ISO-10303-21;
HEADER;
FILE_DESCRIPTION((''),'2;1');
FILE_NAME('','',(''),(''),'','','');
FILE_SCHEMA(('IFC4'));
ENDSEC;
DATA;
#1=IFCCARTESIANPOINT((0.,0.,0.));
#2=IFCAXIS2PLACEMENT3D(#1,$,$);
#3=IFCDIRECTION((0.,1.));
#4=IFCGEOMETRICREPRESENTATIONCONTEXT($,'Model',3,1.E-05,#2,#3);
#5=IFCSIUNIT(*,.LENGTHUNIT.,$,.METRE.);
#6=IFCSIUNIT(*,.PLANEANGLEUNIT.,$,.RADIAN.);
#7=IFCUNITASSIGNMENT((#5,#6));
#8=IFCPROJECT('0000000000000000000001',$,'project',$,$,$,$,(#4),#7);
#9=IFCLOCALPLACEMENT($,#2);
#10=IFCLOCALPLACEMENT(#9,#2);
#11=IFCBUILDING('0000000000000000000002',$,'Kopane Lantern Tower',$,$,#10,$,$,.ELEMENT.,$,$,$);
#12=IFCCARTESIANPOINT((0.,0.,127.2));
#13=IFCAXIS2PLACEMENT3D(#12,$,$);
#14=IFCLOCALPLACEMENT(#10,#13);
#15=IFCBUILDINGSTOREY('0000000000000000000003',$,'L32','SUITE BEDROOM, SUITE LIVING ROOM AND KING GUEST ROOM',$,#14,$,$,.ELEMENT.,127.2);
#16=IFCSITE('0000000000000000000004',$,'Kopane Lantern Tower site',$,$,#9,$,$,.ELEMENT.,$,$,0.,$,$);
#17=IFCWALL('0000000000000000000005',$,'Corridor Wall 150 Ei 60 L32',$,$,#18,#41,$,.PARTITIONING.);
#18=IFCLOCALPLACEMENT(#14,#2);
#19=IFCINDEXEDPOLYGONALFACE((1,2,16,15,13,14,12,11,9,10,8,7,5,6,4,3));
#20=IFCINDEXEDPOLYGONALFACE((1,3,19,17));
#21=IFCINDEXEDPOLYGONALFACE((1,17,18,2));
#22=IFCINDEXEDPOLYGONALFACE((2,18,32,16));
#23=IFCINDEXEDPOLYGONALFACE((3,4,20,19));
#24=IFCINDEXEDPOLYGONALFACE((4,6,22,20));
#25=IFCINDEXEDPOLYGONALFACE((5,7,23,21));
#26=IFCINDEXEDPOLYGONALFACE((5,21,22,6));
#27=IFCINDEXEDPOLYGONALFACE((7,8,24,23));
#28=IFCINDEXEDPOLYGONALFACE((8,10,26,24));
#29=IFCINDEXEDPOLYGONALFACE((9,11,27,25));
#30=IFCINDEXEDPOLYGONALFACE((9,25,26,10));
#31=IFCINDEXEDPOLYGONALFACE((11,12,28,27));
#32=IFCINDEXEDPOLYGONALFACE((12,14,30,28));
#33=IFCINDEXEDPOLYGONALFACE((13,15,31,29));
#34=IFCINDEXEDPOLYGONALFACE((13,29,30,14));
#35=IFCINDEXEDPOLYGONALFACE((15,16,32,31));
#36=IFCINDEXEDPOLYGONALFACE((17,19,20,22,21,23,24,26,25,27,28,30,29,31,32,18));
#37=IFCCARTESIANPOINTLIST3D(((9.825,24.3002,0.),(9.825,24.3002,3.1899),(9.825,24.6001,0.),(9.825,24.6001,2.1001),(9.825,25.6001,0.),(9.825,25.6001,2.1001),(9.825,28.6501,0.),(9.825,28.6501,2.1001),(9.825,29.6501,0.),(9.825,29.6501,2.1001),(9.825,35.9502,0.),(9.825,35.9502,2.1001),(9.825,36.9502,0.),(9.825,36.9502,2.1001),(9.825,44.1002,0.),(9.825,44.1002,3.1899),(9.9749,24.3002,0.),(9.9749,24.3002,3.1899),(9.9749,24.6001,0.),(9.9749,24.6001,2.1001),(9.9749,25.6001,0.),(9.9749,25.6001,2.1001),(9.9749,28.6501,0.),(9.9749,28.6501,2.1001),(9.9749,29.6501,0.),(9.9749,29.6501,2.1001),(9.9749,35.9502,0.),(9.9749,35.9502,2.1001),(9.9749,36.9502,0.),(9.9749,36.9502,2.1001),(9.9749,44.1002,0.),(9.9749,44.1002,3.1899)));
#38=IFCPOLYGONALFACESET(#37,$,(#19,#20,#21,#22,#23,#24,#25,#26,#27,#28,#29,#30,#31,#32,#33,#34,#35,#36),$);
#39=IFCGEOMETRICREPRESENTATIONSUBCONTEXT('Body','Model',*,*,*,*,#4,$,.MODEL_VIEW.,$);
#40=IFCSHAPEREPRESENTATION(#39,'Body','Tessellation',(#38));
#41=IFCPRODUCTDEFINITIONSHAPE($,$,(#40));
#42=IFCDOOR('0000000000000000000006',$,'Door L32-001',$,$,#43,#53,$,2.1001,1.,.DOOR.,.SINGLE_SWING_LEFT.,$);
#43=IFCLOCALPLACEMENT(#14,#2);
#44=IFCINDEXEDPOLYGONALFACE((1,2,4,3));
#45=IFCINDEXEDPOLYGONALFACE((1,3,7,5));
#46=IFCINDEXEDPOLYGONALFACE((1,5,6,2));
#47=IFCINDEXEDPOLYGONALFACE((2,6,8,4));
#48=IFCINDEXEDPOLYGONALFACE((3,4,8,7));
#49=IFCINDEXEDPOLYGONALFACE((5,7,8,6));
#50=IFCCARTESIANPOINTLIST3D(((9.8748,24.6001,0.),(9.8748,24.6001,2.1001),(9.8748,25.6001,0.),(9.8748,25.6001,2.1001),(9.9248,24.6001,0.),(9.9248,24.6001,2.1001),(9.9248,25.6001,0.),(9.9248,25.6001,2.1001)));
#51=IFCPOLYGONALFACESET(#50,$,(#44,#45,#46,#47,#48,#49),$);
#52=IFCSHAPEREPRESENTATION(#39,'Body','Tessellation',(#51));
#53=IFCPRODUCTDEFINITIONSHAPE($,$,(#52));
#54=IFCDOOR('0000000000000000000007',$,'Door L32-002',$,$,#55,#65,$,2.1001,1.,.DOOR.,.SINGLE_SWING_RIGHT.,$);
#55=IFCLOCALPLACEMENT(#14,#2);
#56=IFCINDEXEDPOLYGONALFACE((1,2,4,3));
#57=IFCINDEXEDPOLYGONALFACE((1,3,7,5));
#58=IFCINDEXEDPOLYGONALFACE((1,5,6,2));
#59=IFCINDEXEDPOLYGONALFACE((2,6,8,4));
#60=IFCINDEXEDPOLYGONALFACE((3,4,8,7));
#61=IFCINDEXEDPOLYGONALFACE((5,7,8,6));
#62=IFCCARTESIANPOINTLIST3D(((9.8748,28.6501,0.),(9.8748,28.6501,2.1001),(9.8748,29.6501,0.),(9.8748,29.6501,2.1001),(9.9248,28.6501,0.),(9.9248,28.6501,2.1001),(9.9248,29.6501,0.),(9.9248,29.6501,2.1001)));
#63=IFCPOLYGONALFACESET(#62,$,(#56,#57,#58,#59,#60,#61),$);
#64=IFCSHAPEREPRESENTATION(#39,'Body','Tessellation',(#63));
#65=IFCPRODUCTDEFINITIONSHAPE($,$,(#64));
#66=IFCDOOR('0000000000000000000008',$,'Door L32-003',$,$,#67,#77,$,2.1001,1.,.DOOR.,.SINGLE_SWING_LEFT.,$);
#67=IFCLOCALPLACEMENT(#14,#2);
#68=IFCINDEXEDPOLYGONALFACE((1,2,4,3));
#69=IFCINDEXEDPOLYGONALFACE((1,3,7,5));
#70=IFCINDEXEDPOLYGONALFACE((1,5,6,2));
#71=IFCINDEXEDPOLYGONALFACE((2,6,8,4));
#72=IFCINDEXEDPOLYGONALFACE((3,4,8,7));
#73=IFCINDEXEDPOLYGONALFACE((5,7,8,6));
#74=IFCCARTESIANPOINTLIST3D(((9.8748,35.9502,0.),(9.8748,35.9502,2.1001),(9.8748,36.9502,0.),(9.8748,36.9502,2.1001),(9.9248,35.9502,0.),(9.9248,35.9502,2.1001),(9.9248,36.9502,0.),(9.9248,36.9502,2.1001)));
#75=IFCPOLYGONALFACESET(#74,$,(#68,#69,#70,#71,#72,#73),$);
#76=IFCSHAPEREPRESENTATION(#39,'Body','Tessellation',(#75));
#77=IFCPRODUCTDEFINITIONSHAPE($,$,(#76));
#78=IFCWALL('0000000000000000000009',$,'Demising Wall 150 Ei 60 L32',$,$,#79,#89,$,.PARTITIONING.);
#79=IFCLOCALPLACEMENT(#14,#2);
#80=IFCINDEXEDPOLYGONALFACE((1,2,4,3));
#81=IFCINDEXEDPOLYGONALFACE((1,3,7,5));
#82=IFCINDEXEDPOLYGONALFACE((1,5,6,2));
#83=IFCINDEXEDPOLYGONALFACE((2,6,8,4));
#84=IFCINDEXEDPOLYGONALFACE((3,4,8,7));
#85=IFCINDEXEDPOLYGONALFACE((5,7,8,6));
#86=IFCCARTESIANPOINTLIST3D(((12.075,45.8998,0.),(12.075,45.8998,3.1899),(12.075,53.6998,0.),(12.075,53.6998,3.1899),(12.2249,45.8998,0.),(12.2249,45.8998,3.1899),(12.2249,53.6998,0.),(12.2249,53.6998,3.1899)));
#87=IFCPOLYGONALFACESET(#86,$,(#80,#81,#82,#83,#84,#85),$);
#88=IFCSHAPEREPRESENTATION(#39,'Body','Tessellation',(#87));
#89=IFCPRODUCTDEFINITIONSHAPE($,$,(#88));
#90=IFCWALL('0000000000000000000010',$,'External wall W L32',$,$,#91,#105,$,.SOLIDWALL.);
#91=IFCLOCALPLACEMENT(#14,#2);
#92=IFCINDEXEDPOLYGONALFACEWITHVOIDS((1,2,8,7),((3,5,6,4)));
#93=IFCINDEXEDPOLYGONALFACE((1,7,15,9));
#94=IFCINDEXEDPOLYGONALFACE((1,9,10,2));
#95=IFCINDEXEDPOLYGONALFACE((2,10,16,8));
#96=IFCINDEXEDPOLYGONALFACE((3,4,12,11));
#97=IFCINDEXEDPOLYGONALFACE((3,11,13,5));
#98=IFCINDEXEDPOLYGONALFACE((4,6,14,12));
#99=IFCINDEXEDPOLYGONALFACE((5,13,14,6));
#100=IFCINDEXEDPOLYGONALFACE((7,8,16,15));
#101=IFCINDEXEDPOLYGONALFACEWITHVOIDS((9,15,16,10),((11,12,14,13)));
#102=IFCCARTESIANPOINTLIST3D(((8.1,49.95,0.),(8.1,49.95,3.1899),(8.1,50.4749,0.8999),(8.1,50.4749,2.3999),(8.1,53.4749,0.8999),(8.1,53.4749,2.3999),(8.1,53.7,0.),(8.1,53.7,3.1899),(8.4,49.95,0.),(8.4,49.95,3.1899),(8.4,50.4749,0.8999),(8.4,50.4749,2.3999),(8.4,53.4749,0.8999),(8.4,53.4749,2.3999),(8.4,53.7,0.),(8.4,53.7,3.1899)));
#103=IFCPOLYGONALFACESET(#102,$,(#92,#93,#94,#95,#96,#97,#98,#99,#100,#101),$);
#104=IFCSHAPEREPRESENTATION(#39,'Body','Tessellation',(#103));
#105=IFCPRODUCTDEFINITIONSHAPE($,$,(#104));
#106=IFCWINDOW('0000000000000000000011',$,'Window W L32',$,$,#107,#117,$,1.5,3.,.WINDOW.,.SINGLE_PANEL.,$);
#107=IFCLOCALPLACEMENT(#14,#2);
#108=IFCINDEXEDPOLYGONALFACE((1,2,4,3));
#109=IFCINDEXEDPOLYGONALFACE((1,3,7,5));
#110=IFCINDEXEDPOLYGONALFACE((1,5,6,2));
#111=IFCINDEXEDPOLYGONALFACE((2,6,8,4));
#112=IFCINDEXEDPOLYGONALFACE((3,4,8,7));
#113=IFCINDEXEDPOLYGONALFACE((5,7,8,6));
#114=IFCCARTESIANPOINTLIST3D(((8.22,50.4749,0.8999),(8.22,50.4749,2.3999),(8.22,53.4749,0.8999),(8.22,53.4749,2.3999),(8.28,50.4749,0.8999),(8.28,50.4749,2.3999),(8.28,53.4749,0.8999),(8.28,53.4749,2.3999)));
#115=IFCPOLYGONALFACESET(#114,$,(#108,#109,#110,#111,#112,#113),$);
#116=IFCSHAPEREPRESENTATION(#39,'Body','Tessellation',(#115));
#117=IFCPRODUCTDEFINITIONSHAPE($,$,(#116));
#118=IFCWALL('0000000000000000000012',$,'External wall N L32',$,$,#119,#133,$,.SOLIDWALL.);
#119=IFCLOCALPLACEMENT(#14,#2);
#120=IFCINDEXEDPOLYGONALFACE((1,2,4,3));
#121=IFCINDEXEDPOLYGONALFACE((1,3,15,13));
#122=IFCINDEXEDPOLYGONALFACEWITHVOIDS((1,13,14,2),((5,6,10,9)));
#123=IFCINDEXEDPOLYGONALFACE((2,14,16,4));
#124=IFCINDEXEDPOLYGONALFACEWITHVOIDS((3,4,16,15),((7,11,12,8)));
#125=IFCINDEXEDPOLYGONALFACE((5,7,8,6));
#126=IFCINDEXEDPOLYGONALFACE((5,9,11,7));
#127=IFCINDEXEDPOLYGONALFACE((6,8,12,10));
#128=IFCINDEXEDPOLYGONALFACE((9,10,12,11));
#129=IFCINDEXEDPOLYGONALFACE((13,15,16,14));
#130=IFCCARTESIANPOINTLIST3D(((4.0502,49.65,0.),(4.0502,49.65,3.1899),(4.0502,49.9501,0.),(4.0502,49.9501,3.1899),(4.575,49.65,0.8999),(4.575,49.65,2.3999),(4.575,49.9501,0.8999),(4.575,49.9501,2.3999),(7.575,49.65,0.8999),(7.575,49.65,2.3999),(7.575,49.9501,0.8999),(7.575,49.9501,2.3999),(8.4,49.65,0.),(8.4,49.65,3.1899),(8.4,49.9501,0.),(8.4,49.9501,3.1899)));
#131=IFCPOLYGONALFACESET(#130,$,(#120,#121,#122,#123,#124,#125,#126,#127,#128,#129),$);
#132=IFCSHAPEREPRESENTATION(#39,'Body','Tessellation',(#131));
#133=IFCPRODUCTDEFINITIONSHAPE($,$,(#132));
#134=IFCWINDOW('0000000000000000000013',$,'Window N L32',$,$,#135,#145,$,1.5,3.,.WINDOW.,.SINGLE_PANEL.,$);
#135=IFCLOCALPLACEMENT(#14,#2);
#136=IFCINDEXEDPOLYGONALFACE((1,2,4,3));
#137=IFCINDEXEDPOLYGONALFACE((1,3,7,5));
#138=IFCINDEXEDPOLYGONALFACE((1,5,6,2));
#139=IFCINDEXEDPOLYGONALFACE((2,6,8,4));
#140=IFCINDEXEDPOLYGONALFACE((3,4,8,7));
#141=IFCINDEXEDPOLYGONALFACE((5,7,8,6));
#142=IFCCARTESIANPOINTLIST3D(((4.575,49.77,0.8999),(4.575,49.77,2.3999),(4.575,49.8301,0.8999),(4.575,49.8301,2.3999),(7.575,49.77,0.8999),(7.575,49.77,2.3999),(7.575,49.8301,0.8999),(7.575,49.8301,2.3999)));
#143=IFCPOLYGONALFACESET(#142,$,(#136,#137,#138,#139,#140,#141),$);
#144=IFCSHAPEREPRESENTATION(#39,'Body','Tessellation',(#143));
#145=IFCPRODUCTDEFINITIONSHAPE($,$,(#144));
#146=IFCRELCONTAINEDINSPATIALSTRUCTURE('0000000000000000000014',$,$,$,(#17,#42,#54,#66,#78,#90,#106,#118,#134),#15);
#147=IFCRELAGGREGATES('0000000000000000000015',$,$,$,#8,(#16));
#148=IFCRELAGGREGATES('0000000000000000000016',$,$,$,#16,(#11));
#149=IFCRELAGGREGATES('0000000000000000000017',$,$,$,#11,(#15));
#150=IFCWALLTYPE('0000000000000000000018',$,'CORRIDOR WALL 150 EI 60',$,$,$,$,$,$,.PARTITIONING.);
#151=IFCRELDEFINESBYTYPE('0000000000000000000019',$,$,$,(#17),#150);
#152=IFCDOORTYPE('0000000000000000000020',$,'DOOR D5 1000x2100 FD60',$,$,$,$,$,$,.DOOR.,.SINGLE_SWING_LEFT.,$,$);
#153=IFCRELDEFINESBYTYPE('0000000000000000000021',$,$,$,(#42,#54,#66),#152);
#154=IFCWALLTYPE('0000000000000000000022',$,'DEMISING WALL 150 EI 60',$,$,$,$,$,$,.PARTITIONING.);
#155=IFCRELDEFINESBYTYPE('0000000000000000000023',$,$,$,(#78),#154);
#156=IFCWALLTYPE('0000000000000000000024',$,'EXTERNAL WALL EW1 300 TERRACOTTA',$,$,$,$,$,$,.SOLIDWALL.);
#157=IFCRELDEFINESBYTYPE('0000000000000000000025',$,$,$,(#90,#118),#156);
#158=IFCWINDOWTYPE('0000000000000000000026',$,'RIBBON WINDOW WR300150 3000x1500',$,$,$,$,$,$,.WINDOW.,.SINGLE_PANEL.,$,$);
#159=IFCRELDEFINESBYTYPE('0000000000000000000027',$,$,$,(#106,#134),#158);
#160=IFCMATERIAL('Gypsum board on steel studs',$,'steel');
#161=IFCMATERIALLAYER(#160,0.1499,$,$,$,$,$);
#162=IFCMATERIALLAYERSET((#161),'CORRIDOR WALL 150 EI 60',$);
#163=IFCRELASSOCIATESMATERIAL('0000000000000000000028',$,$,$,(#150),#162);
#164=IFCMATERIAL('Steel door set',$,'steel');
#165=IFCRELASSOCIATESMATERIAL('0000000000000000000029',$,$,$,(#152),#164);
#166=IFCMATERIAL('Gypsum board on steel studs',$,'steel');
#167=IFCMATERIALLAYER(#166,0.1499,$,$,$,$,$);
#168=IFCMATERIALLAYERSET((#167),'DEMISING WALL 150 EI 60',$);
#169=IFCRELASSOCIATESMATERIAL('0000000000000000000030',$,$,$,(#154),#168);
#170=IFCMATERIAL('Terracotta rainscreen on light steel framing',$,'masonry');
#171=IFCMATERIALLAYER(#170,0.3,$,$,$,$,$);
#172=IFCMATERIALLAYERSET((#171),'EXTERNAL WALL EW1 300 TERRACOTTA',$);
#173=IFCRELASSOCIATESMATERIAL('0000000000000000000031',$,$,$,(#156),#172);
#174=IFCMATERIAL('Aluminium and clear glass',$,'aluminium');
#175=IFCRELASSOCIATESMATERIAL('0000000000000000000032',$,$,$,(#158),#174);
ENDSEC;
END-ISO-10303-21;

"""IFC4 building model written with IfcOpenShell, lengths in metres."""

from ifc_helpers import new_model, si_unit, direction, frame, frame_2d, origin, place, context, subcontext, project, spatial, rectangle, extrude, material, layer, layer_set, type_object, element, fill, save


model = new_model("IFC4")

# Units and contexts
model_context = context("Model", 3, precision=1e-05, world=origin(), true_north=direction((0.0, 1.0)))
body_context = subcontext(model_context, "Body", "Model", "MODEL_VIEW")
ifc_project = project(units=[si_unit("LENGTHUNIT", "METRE"), si_unit("PLANEANGLEUNIT", "RADIAN")], contexts=[model_context])

# Site, building, storey
site_placement = place(None, origin())
site = spatial("IfcSite", under=ifc_project, at=site_placement, Name="Kopane Lantern Tower site", CompositionType="ELEMENT", RefElevation=0.0)
building_placement = place(site_placement, origin())
building = spatial("IfcBuilding", under=site, at=building_placement, Name="Kopane Lantern Tower", CompositionType="ELEMENT")
storey_placement = place(building_placement, frame((0.0, 0.0, 127.2)))
storey = spatial("IfcBuildingStorey", under=building, at=storey_placement, Name="L32", Description="SUITE BEDROOM, SUITE LIVING ROOM AND KING GUEST ROOM", CompositionType="ELEMENT", Elevation=127.2)

# Wall, openings, doors
ifc_material_1 = material(Name="Gypsum board on steel studs", Category="steel")
ifc_layer_1 = layer(ifc_material_1, 0.1499)
ifc_layer_set_1 = layer_set([ifc_layer_1], Name="CORRIDOR WALL 150 EI 60")
wall_type_1 = type_object("IfcWallType", Name="CORRIDOR WALL 150 EI 60", PredefinedType="PARTITIONING", material=ifc_layer_set_1)
wall_1_placement = place(storey_placement, frame((9.8999, 44.1001, 0.0), z_axis=(0.0, 0.0, 1.0), x_axis=(0.0, -1.0, 0.0)))
wall_1 = element("IfcWall", 1, at=wall_1_placement, inside=storey, type_object=wall_type_1, Name="Corridor Wall 150 Ei 60 L32", PredefinedType="PARTITIONING", context=body_context, shape_type="SweptSolid", body=[
    extrude(rectangle(XDim=19.8, YDim=0.1499, at=frame_2d((9.8999, 0.0))), origin(), (0.0, 0.0, 1.0), 3.1899),
])
opening_1_placement = place(wall_1_placement, frame((18.5, 0.0, 0.0)))
opening_1 = element("IfcOpeningElement", 2, at=opening_1_placement, cuts=wall_1, PredefinedType="OPENING", context=body_context, shape_type="SweptSolid", body=[
    extrude(rectangle(XDim=1.0, YDim=2.1001, at=frame_2d((0.5, 1.05))), frame((0.0, 0.085, 0.0), z_axis=(0.0, -1.0, 0.0), x_axis=(1.0, 0.0, 0.0)), (0.0, 0.0, 1.0), 0.1699),
])
opening_2_placement = place(wall_1_placement, frame((14.45, 0.0, 0.0)))
opening_2 = element("IfcOpeningElement", 3, at=opening_2_placement, cuts=wall_1, PredefinedType="OPENING", context=body_context, shape_type="SweptSolid", body=[
    extrude(rectangle(XDim=1.0, YDim=2.1001, at=frame_2d((0.5, 1.05))), frame((0.0, 0.085, 0.0), z_axis=(0.0, -1.0, 0.0), x_axis=(1.0, 0.0, 0.0)), (0.0, 0.0, 1.0), 0.1699),
])
opening_3_placement = place(wall_1_placement, frame((7.1499, 0.0, 0.0)))
opening_3 = element("IfcOpeningElement", 4, at=opening_3_placement, cuts=wall_1, PredefinedType="OPENING", context=body_context, shape_type="SweptSolid", body=[
    extrude(rectangle(XDim=1.0, YDim=2.1001, at=frame_2d((0.5, 1.05))), frame((0.0, 0.085, 0.0), z_axis=(0.0, -1.0, 0.0), x_axis=(1.0, 0.0, 0.0)), (0.0, 0.0, 1.0), 0.1699),
])
ifc_material_2 = material(Name="Steel door set", Category="steel")
door_type_1 = type_object("IfcDoorType", Name="DOOR D5 1000x2100 FD60", OperationType="SINGLE_SWING_LEFT", PredefinedType="DOOR", material=ifc_material_2)
door_1_placement = place(opening_1_placement, origin())
door_1 = element("IfcDoor", 5, at=door_1_placement, inside=storey, type_object=door_type_1, Name="Door L32-001", OperationType="SINGLE_SWING_LEFT", OverallHeight=2.1001, OverallWidth=1.0, PredefinedType="DOOR", context=body_context, shape_type="SweptSolid", body=[
    extrude(rectangle(XDim=1.0, YDim=2.1001, at=frame_2d((0.5, 1.05))), frame((0.0, 0.0249, 0.0), z_axis=(0.0, -1.0, 0.0), x_axis=(1.0, 0.0, 0.0)), (0.0, 0.0, 1.0), 0.05),
])
fill(opening_1, door_1)
door_2_placement = place(opening_2_placement, origin())
door_2 = element("IfcDoor", 6, at=door_2_placement, inside=storey, type_object=door_type_1, Name="Door L32-002", OperationType="SINGLE_SWING_RIGHT", OverallHeight=2.1001, OverallWidth=1.0, PredefinedType="DOOR", context=body_context, shape_type="SweptSolid", body=[
    extrude(rectangle(XDim=1.0, YDim=2.1001, at=frame_2d((0.5, 1.05))), frame((0.0, 0.0249, 0.0), z_axis=(0.0, -1.0, 0.0), x_axis=(1.0, 0.0, 0.0)), (0.0, 0.0, 1.0), 0.05),
])
fill(opening_2, door_2)
door_3_placement = place(opening_3_placement, origin())
door_3 = element("IfcDoor", 7, at=door_3_placement, inside=storey, type_object=door_type_1, Name="Door L32-003", OperationType="SINGLE_SWING_LEFT", OverallHeight=2.1001, OverallWidth=1.0, PredefinedType="DOOR", context=body_context, shape_type="SweptSolid", body=[
    extrude(rectangle(XDim=1.0, YDim=2.1001, at=frame_2d((0.5, 1.05))), frame((0.0, 0.0249, 0.0), z_axis=(0.0, -1.0, 0.0), x_axis=(1.0, 0.0, 0.0)), (0.0, 0.0, 1.0), 0.05),
])
fill(opening_3, door_3)

# Wall
ifc_material_3 = material(Name="Gypsum board on steel studs", Category="steel")
ifc_layer_2 = layer(ifc_material_3, 0.1499)
ifc_layer_set_2 = layer_set([ifc_layer_2], Name="DEMISING WALL 150 EI 60")
wall_type_2 = type_object("IfcWallType", Name="DEMISING WALL 150 EI 60", PredefinedType="PARTITIONING", material=ifc_layer_set_2)
wall_2_placement = place(storey_placement, frame((12.1499, 45.8999, 0.0), z_axis=(0.0, 0.0, 1.0), x_axis=(0.0, 1.0, 0.0)))
element("IfcWall", 8, at=wall_2_placement, inside=storey, type_object=wall_type_2, Name="Demising Wall 150 Ei 60 L32", PredefinedType="PARTITIONING", context=body_context, shape_type="SweptSolid", body=[
    extrude(rectangle(XDim=7.8, YDim=0.1499, at=frame_2d((3.8999, 0.0))), origin(), (0.0, 0.0, 1.0), 3.1899),
])

# Walls, openings, windows
ifc_material_4 = material(Name="Terracotta rainscreen on light steel framing", Category="masonry")
ifc_layer_3 = layer(ifc_material_4, 0.3)
ifc_layer_set_3 = layer_set([ifc_layer_3], Name="EXTERNAL WALL EW1 300 TERRACOTTA")
wall_type_3 = type_object("IfcWallType", Name="EXTERNAL WALL EW1 300 TERRACOTTA", PredefinedType="SOLIDWALL", material=ifc_layer_set_3)
wall_3_placement = place(storey_placement, frame((8.25, 53.7, 0.0), z_axis=(0.0, 0.0, 1.0), x_axis=(0.0, -1.0, 0.0)))
wall_3 = element("IfcWall", 9, at=wall_3_placement, inside=storey, type_object=wall_type_3, Name="External wall W L32", PredefinedType="SOLIDWALL", context=body_context, shape_type="SweptSolid", body=[
    extrude(rectangle(XDim=3.75, YDim=0.3, at=frame_2d((1.875, 0.0))), origin(), (0.0, 0.0, 1.0), 3.1899),
])
opening_4_placement = place(wall_3_placement, frame((0.2251, 0.0, 0.8999)))
opening_4 = element("IfcOpeningElement", 10, at=opening_4_placement, cuts=wall_3, PredefinedType="OPENING", context=body_context, shape_type="SweptSolid", body=[
    extrude(rectangle(XDim=3.0, YDim=1.5, at=frame_2d((1.5, 0.75))), frame((0.0, 0.1599, 0.0), z_axis=(0.0, -1.0, 0.0), x_axis=(1.0, 0.0, 0.0)), (0.0, 0.0, 1.0), 0.3201),
])
ifc_material_5 = material(Name="Aluminium and clear glass", Category="aluminium")
window_type = type_object("IfcWindowType", Name="RIBBON WINDOW WR300150 3000x1500", PartitioningType="SINGLE_PANEL", PredefinedType="WINDOW", material=ifc_material_5)
window_1_placement = place(opening_4_placement, origin())
window_1 = element("IfcWindow", 11, at=window_1_placement, inside=storey, type_object=window_type, Name="Window W L32", OverallHeight=1.5, OverallWidth=3.0, PartitioningType="SINGLE_PANEL", PredefinedType="WINDOW", context=body_context, shape_type="SweptSolid", body=[
    extrude(rectangle(XDim=3.0, YDim=1.5, at=frame_2d((1.5, 0.75))), frame((0.0, 0.03, 0.0), z_axis=(0.0, -1.0, 0.0), x_axis=(1.0, 0.0, 0.0)), (0.0, 0.0, 1.0), 0.0601),
])
fill(opening_4, window_1)
wall_4_placement = place(storey_placement, frame((8.3999, 49.8, 0.0), z_axis=(0.0, 0.0, 1.0), x_axis=(-1.0, 0.0, 0.0)))
wall_4 = element("IfcWall", 12, at=wall_4_placement, inside=storey, type_object=wall_type_3, Name="External wall N L32", PredefinedType="SOLIDWALL", context=body_context, shape_type="SweptSolid", body=[
    extrude(rectangle(XDim=4.3499, YDim=0.3, at=frame_2d((2.1748, 0.0))), origin(), (0.0, 0.0, 1.0), 3.1899),
])
opening_5_placement = place(wall_4_placement, frame((0.825, 0.0, 0.8999)))
opening_5 = element("IfcOpeningElement", 13, at=opening_5_placement, cuts=wall_4, PredefinedType="OPENING", context=body_context, shape_type="SweptSolid", body=[
    extrude(rectangle(XDim=3.0, YDim=1.5, at=frame_2d((1.5, 0.75))), frame((0.0, 0.1599, 0.0), z_axis=(0.0, -1.0, 0.0), x_axis=(1.0, 0.0, 0.0)), (0.0, 0.0, 1.0), 0.3201),
])
window_2_placement = place(opening_5_placement, origin())
window_2 = element("IfcWindow", 14, at=window_2_placement, inside=storey, type_object=window_type, Name="Window N L32", OverallHeight=1.5, OverallWidth=3.0, PartitioningType="SINGLE_PANEL", PredefinedType="WINDOW", context=body_context, shape_type="SweptSolid", body=[
    extrude(rectangle(XDim=3.0, YDim=1.5, at=frame_2d((1.5, 0.75))), frame((0.0, 0.03, 0.0), z_axis=(0.0, -1.0, 0.0), x_axis=(1.0, 0.0, 0.0)), (0.0, 0.0, 1.0), 0.0601),
])
fill(opening_5, window_2)

save(model, "model.ifc")
